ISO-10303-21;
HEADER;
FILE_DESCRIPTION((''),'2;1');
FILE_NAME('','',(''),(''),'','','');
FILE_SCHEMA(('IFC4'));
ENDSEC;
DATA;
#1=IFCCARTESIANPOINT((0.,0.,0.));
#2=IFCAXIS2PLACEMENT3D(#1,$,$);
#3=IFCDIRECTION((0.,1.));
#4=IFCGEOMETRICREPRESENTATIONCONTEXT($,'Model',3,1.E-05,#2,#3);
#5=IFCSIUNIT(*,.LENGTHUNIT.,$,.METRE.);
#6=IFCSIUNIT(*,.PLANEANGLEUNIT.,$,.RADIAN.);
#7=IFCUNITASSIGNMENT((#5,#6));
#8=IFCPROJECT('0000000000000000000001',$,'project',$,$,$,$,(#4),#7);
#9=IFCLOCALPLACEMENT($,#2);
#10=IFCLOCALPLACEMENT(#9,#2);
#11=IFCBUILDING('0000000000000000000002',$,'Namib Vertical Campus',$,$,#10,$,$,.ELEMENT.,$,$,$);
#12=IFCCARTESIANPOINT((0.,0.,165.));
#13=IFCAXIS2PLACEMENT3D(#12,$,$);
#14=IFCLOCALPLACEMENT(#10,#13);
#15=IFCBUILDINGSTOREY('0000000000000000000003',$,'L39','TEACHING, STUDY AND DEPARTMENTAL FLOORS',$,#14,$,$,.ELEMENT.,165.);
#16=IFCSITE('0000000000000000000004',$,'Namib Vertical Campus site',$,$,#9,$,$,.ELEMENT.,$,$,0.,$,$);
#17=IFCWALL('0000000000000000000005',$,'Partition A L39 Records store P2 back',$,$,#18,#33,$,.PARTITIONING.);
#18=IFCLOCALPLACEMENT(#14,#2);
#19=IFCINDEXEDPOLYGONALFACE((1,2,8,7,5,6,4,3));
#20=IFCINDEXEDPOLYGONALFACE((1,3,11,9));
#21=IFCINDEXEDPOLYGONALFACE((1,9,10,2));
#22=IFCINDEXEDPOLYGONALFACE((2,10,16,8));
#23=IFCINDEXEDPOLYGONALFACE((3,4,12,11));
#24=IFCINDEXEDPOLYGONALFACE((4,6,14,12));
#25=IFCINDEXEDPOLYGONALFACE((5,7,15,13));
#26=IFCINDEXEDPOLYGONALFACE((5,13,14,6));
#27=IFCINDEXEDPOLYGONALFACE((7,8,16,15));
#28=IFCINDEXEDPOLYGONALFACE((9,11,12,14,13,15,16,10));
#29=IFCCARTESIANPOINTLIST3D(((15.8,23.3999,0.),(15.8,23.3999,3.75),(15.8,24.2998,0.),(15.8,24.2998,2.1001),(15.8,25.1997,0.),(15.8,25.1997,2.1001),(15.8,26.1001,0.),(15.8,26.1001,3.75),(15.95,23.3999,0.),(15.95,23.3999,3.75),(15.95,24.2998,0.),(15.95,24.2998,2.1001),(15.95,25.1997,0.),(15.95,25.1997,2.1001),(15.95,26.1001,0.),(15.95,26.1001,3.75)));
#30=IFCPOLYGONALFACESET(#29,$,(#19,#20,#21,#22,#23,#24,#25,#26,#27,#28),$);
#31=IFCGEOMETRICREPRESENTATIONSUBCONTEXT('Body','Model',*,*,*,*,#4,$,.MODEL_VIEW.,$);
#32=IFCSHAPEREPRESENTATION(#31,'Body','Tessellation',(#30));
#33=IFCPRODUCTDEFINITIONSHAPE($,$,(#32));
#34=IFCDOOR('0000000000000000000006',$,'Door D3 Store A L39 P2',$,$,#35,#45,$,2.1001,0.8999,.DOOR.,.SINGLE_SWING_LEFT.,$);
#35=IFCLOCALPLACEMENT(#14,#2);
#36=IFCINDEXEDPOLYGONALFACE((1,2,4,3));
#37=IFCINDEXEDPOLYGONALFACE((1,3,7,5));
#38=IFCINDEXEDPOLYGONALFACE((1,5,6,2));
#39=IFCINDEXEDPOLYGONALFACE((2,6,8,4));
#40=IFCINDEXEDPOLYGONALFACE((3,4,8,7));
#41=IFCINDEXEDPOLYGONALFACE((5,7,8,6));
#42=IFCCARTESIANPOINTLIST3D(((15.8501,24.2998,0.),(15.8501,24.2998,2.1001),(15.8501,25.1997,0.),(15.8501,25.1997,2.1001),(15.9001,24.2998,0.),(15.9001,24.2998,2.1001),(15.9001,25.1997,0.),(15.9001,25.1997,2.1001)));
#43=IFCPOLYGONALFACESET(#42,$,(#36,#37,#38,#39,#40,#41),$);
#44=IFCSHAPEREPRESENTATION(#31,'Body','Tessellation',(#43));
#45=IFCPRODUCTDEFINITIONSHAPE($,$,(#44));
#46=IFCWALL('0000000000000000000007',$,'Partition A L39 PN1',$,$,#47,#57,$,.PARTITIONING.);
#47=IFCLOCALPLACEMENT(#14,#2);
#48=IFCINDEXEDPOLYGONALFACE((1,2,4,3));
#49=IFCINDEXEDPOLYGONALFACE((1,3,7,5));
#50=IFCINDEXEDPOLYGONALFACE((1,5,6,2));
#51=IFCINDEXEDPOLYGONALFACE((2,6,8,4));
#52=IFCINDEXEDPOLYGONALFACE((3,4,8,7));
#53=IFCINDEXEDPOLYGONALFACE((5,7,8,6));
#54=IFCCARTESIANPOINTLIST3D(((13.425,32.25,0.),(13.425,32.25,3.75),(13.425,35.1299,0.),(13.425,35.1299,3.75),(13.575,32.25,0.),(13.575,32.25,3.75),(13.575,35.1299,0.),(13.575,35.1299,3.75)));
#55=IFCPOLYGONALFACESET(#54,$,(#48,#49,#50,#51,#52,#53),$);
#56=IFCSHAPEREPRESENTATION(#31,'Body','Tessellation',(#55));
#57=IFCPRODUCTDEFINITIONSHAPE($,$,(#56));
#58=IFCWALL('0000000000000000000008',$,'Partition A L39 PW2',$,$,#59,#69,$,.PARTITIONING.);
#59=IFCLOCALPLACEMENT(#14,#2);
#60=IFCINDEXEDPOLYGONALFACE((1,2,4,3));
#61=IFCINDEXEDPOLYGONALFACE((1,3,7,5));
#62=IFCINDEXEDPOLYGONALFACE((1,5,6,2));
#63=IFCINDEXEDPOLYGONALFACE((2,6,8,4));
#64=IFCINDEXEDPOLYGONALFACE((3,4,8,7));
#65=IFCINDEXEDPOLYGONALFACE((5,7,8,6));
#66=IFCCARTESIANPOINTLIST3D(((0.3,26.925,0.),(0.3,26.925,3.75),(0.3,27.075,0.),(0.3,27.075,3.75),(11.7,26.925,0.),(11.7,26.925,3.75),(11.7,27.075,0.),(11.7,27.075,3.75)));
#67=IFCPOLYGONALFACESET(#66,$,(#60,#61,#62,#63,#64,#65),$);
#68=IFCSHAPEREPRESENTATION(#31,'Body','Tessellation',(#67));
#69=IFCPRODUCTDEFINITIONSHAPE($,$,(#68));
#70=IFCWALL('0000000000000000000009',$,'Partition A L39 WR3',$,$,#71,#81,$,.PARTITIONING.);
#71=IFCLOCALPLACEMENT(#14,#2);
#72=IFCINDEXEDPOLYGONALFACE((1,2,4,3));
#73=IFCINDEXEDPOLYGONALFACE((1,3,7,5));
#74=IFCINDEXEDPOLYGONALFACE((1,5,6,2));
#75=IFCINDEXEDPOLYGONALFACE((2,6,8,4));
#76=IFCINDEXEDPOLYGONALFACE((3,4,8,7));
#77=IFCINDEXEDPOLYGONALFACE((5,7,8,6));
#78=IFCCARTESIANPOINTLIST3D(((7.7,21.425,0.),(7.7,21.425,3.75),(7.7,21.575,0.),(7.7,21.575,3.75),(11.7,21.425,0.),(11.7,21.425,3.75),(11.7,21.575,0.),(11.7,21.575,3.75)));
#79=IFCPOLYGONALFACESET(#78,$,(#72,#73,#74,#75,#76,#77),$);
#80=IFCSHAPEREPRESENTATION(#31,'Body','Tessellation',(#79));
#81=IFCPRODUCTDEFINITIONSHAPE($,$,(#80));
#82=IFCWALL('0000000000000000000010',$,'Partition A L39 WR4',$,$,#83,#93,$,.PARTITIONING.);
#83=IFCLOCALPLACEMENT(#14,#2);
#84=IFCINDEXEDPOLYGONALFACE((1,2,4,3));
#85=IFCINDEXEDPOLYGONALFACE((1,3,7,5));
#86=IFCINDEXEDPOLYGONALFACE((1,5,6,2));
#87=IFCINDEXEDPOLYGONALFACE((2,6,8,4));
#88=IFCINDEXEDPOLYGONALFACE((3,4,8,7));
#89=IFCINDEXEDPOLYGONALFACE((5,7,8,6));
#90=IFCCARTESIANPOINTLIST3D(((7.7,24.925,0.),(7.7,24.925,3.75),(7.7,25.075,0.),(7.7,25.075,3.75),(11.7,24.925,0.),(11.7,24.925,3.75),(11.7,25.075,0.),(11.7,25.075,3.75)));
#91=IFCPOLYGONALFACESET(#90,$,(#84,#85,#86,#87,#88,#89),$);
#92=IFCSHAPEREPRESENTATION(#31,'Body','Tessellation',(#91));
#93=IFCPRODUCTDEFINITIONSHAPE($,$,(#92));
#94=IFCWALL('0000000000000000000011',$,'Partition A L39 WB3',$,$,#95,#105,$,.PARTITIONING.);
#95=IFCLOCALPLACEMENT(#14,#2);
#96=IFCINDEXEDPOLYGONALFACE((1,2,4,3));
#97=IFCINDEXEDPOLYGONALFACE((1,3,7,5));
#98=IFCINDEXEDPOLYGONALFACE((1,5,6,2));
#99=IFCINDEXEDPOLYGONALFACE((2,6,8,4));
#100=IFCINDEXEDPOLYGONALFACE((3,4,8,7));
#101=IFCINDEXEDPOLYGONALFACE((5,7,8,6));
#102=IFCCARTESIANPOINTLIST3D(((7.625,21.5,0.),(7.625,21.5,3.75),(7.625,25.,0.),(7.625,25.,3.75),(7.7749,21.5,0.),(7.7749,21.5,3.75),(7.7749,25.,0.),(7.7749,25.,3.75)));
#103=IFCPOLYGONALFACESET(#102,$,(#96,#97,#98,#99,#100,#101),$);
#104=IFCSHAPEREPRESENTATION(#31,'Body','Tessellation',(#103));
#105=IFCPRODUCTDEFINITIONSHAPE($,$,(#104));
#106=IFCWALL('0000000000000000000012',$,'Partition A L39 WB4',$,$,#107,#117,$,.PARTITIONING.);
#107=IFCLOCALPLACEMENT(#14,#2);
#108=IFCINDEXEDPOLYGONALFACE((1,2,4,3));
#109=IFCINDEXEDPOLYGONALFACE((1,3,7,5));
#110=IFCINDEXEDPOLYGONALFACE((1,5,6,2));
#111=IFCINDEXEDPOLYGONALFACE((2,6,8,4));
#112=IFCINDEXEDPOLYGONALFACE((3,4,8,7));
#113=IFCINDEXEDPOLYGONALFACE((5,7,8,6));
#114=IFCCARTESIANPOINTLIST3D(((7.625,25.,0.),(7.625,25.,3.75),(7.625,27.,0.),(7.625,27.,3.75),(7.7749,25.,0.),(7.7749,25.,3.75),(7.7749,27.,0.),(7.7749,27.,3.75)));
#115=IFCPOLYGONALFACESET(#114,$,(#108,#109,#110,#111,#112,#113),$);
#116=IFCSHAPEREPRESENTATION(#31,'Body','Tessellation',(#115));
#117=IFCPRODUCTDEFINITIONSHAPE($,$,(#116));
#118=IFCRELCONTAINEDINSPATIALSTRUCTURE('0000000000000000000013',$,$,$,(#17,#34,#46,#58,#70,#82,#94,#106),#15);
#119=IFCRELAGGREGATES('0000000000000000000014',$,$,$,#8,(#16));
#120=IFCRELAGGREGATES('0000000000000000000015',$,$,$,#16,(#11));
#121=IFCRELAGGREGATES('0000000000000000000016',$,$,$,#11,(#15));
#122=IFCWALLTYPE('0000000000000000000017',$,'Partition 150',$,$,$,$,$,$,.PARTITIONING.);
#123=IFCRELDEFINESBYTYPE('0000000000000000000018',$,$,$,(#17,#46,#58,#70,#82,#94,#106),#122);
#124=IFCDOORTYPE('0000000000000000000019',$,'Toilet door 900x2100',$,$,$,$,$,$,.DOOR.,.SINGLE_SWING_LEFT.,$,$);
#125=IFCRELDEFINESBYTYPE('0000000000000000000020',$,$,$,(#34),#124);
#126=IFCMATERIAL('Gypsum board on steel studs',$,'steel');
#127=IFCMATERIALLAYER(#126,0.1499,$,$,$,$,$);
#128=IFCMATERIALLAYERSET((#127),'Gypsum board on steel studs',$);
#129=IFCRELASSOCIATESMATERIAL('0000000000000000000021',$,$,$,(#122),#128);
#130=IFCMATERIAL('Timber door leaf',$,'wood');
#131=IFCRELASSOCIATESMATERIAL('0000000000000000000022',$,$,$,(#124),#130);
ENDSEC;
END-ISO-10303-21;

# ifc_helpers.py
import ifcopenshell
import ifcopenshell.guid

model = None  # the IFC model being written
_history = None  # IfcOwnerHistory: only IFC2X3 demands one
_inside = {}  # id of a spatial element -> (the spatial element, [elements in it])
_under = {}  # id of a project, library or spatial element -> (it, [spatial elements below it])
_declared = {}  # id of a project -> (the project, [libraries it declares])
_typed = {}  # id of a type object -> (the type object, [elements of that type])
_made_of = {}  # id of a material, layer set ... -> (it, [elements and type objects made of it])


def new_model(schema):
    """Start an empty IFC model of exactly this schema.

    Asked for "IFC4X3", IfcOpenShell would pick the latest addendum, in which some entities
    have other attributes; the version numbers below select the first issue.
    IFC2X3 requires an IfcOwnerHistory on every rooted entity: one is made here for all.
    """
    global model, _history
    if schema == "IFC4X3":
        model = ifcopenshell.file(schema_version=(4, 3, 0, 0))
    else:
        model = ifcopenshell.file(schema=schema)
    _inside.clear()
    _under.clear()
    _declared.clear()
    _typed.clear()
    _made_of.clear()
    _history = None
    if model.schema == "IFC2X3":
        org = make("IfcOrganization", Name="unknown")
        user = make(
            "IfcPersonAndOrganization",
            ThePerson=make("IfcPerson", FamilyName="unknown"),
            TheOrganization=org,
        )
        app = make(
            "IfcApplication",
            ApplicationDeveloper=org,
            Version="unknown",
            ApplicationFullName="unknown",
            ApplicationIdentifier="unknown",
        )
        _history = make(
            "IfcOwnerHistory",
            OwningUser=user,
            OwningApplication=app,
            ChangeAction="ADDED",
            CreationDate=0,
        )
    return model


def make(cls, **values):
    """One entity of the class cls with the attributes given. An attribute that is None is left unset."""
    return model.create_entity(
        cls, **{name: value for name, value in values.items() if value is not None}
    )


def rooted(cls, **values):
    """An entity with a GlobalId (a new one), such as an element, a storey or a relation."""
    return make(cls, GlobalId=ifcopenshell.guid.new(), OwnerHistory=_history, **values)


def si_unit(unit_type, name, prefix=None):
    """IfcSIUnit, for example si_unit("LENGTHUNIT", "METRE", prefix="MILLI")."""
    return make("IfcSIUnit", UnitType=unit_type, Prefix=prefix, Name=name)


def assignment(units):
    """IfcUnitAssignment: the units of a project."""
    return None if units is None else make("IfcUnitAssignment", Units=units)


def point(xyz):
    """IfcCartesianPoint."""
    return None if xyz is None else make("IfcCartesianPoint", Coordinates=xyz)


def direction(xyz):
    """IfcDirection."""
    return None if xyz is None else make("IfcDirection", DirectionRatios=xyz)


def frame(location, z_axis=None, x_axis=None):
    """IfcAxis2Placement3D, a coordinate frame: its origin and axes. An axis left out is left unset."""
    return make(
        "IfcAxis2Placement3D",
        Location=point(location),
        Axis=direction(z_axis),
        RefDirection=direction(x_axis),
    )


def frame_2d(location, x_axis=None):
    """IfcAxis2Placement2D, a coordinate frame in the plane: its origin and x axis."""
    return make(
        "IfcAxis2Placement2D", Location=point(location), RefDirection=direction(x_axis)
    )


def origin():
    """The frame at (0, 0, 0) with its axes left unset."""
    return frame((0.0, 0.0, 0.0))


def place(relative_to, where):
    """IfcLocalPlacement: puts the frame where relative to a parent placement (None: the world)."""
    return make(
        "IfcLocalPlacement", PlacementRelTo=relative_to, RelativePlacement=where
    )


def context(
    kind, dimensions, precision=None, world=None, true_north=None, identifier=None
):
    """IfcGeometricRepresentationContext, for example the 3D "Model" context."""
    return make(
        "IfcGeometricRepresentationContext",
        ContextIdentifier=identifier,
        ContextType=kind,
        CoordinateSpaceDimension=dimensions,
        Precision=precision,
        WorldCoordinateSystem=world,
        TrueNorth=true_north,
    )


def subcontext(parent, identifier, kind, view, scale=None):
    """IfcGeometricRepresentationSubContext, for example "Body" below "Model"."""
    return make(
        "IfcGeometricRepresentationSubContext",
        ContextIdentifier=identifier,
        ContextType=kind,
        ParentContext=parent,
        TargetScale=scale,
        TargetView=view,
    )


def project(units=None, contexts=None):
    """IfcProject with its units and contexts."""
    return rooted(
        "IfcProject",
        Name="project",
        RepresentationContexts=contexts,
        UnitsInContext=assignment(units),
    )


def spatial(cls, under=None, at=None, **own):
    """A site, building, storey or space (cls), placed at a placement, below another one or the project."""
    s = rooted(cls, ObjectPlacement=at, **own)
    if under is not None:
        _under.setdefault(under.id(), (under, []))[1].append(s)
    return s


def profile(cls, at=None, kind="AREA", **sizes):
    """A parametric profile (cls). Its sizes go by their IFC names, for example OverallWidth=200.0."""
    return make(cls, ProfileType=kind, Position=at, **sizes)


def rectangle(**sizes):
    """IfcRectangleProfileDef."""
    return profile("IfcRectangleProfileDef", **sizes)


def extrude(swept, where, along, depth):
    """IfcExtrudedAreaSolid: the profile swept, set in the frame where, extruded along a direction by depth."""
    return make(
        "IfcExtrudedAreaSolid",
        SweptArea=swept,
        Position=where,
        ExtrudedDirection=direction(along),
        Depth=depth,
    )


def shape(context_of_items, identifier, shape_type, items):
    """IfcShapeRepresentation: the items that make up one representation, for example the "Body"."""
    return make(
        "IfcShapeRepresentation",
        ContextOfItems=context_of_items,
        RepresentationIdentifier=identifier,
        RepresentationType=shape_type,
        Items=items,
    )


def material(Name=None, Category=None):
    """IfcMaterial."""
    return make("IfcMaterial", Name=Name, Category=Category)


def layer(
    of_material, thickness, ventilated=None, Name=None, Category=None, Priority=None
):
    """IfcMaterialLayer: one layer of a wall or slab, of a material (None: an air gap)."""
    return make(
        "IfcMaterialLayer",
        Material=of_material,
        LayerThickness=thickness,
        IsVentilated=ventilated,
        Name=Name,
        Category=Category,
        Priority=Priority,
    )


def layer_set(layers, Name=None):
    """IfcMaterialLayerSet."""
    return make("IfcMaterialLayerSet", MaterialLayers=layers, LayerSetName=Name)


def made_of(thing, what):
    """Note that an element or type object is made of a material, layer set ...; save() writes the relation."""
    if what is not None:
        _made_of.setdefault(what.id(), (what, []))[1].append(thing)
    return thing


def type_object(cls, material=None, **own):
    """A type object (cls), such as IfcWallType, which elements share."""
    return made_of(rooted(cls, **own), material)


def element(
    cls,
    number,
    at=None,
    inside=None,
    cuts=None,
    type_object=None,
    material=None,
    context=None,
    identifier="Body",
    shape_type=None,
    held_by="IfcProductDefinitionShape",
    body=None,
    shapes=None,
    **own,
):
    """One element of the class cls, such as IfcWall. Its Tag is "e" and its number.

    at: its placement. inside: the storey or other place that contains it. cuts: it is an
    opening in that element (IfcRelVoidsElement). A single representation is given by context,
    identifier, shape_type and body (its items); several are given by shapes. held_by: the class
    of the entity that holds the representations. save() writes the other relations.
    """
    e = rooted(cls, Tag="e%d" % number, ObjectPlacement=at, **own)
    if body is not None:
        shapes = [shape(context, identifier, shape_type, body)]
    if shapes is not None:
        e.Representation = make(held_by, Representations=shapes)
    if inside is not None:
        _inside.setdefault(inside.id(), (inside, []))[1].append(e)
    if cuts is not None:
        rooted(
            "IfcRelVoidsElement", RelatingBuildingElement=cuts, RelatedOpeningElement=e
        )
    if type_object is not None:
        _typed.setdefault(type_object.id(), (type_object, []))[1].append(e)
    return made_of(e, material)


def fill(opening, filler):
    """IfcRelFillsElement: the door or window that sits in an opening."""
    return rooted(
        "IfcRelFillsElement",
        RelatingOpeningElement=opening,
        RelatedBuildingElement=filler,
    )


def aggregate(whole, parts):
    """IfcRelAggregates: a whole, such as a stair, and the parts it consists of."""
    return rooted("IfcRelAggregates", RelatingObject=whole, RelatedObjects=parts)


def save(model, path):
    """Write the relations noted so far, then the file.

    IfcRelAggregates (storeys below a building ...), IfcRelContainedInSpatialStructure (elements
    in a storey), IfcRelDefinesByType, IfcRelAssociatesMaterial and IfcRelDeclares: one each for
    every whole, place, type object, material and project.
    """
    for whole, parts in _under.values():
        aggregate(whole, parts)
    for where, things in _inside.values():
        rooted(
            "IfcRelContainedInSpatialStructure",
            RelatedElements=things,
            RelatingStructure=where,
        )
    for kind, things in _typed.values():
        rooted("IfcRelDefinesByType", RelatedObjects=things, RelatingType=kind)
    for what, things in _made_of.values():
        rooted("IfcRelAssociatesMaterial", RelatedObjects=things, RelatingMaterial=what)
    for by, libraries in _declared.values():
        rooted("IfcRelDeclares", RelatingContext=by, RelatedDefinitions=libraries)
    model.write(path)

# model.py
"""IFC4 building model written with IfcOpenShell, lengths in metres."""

from ifc_helpers import new_model, si_unit, direction, frame, frame_2d, origin, place, context, subcontext, project, spatial, rectangle, extrude, material, layer, layer_set, type_object, element, fill, save


model = new_model("IFC4")

# Units and contexts
model_context = context("Model", 3, precision=1e-05, world=origin(), true_north=direction((0.0, 1.0)))
body_context = subcontext(model_context, "Body", "Model", "MODEL_VIEW")
ifc_project = project(units=[si_unit("LENGTHUNIT", "METRE"), si_unit("PLANEANGLEUNIT", "RADIAN")], contexts=[model_context])

# Site, building, storey
site_placement = place(None, origin())
site = spatial("IfcSite", under=ifc_project, at=site_placement, Name="Namib Vertical Campus site", CompositionType="ELEMENT", RefElevation=0.0)
building_placement = place(site_placement, origin())
building = spatial("IfcBuilding", under=site, at=building_placement, Name="Namib Vertical Campus", CompositionType="ELEMENT")
storey_placement = place(building_placement, frame((0.0, 0.0, 165.0)))
storey = spatial("IfcBuildingStorey", under=building, at=storey_placement, Name="L39", Description="TEACHING, STUDY AND DEPARTMENTAL FLOORS", CompositionType="ELEMENT", Elevation=165.0)

# Wall, opening, door
ifc_material_1 = material(Name="Gypsum board on steel studs", Category="steel")
ifc_layer_1 = layer(ifc_material_1, 0.1499)
ifc_layer_set_1 = layer_set([ifc_layer_1], Name="Gypsum board on steel studs")
wall_type_1 = type_object("IfcWallType", Name="Partition 150", PredefinedType="PARTITIONING", material=ifc_layer_set_1)
wall_1_placement = place(storey_placement, frame((15.875, 23.3999, 0.0), z_axis=(0.0, 0.0, 1.0), x_axis=(0.0, 1.0, 0.0)))
wall_1 = element("IfcWall", 1, at=wall_1_placement, inside=storey, type_object=wall_type_1, Name="Partition A L39 Records store P2 back", PredefinedType="PARTITIONING", context=body_context, shape_type="SweptSolid", body=[
    extrude(rectangle(XDim=2.7002, YDim=0.1499, at=frame_2d((1.3501, 0.0))), origin(), (0.0, 0.0, 1.0), 3.75),
])
opening_1_placement = place(wall_1_placement, frame((0.8999, 0.0, 0.0)))
opening_1 = element("IfcOpeningElement", 2, at=opening_1_placement, cuts=wall_1, PredefinedType="OPENING", context=body_context, shape_type="SweptSolid", body=[
    extrude(rectangle(XDim=0.8999, YDim=2.1001, at=frame_2d((0.45, 1.05))), frame((0.0, 0.085, 0.0), z_axis=(0.0, -1.0, 0.0), x_axis=(1.0, 0.0, 0.0)), (0.0, 0.0, 1.0), 0.1699),
])
ifc_material_2 = material(Name="Timber door leaf", Category="wood")
door_type_1 = type_object("IfcDoorType", Name="Toilet door 900x2100", OperationType="SINGLE_SWING_LEFT", PredefinedType="DOOR", material=ifc_material_2)
door_1_placement = place(opening_1_placement, origin())
door_1 = element("IfcDoor", 3, at=door_1_placement, inside=storey, type_object=door_type_1, Name="Door D3 Store A L39 P2", OperationType="SINGLE_SWING_LEFT", OverallHeight=2.1001, OverallWidth=0.8999, PredefinedType="DOOR", context=body_context, shape_type="SweptSolid", body=[
    extrude(rectangle(XDim=0.8999, YDim=2.1001, at=frame_2d((0.45, 1.05))), frame((0.0, 0.0249, 0.0), z_axis=(0.0, -1.0, 0.0), x_axis=(1.0, 0.0, 0.0)), (0.0, 0.0, 1.0), 0.05),
])
fill(opening_1, door_1)

# Walls
wall_2_placement = place(storey_placement, frame((13.5, 32.25, 0.0), z_axis=(0.0, 0.0, 1.0), x_axis=(0.0, 1.0, 0.0)))
element("IfcWall", 4, at=wall_2_placement, inside=storey, type_object=wall_type_1, Name="Partition A L39 PN1", PredefinedType="PARTITIONING", context=body_context, shape_type="SweptSolid", body=[
    extrude(rectangle(XDim=2.8799, YDim=0.1499, at=frame_2d((1.4399, 0.0))), origin(), (0.0, 0.0, 1.0), 3.75),
])
wall_3_placement = place(storey_placement, frame((0.3, 27.0, 0.0), z_axis=(0.0, 0.0, 1.0), x_axis=(1.0, 0.0, 0.0)))
element("IfcWall", 5, at=wall_3_placement, inside=storey, type_object=wall_type_1, Name="Partition A L39 PW2", PredefinedType="PARTITIONING", context=body_context, shape_type="SweptSolid", body=[
    extrude(rectangle(XDim=11.3999, YDim=0.1499, at=frame_2d((5.7, 0.0))), origin(), (0.0, 0.0, 1.0), 3.75),
])
for number, where, z_axis, x_axis, name in (
    (6, (11.7, 21.5, 0.0), (0.0, 0.0, 1.0), (-1.0, 0.0, 0.0), "Partition A L39 WR3"),
    (7, (11.7, 25.0, 0.0), (0.0, 0.0, 1.0), (-1.0, 0.0, 0.0), "Partition A L39 WR4"),
):
    element("IfcWall", number, at=place(storey_placement, frame(where, z_axis=z_axis, x_axis=x_axis)), inside=storey, type_object=wall_type_1, Name=name, PredefinedType="PARTITIONING", context=body_context, shape_type="SweptSolid", body=[
        extrude(rectangle(XDim=4.0, YDim=0.1499, at=frame_2d((2.0, 0.0))), origin(), (0.0, 0.0, 1.0), 3.75),
    ])
wall_4_placement = place(storey_placement, frame((7.7, 21.5, 0.0), z_axis=(0.0, 0.0, 1.0), x_axis=(0.0, 1.0, 0.0)))
element("IfcWall", 8, at=wall_4_placement, inside=storey, type_object=wall_type_1, Name="Partition A L39 WB3", PredefinedType="PARTITIONING", context=body_context, shape_type="SweptSolid", body=[
    extrude(rectangle(XDim=3.5, YDim=0.1499, at=frame_2d((1.75, 0.0))), origin(), (0.0, 0.0, 1.0), 3.75),
])
wall_5_placement = place(storey_placement, frame((7.7, 25.0, 0.0), z_axis=(0.0, 0.0, 1.0), x_axis=(0.0, 1.0, 0.0)))
element("IfcWall", 9, at=wall_5_placement, inside=storey, type_object=wall_type_1, Name="Partition A L39 WB4", PredefinedType="PARTITIONING", context=body_context, shape_type="SweptSolid", body=[
    extrude(rectangle(XDim=2.0, YDim=0.1499, at=frame_2d((1.0, 0.0))), origin(), (0.0, 0.0, 1.0), 3.75),
])

save(model, "model.ifc")
